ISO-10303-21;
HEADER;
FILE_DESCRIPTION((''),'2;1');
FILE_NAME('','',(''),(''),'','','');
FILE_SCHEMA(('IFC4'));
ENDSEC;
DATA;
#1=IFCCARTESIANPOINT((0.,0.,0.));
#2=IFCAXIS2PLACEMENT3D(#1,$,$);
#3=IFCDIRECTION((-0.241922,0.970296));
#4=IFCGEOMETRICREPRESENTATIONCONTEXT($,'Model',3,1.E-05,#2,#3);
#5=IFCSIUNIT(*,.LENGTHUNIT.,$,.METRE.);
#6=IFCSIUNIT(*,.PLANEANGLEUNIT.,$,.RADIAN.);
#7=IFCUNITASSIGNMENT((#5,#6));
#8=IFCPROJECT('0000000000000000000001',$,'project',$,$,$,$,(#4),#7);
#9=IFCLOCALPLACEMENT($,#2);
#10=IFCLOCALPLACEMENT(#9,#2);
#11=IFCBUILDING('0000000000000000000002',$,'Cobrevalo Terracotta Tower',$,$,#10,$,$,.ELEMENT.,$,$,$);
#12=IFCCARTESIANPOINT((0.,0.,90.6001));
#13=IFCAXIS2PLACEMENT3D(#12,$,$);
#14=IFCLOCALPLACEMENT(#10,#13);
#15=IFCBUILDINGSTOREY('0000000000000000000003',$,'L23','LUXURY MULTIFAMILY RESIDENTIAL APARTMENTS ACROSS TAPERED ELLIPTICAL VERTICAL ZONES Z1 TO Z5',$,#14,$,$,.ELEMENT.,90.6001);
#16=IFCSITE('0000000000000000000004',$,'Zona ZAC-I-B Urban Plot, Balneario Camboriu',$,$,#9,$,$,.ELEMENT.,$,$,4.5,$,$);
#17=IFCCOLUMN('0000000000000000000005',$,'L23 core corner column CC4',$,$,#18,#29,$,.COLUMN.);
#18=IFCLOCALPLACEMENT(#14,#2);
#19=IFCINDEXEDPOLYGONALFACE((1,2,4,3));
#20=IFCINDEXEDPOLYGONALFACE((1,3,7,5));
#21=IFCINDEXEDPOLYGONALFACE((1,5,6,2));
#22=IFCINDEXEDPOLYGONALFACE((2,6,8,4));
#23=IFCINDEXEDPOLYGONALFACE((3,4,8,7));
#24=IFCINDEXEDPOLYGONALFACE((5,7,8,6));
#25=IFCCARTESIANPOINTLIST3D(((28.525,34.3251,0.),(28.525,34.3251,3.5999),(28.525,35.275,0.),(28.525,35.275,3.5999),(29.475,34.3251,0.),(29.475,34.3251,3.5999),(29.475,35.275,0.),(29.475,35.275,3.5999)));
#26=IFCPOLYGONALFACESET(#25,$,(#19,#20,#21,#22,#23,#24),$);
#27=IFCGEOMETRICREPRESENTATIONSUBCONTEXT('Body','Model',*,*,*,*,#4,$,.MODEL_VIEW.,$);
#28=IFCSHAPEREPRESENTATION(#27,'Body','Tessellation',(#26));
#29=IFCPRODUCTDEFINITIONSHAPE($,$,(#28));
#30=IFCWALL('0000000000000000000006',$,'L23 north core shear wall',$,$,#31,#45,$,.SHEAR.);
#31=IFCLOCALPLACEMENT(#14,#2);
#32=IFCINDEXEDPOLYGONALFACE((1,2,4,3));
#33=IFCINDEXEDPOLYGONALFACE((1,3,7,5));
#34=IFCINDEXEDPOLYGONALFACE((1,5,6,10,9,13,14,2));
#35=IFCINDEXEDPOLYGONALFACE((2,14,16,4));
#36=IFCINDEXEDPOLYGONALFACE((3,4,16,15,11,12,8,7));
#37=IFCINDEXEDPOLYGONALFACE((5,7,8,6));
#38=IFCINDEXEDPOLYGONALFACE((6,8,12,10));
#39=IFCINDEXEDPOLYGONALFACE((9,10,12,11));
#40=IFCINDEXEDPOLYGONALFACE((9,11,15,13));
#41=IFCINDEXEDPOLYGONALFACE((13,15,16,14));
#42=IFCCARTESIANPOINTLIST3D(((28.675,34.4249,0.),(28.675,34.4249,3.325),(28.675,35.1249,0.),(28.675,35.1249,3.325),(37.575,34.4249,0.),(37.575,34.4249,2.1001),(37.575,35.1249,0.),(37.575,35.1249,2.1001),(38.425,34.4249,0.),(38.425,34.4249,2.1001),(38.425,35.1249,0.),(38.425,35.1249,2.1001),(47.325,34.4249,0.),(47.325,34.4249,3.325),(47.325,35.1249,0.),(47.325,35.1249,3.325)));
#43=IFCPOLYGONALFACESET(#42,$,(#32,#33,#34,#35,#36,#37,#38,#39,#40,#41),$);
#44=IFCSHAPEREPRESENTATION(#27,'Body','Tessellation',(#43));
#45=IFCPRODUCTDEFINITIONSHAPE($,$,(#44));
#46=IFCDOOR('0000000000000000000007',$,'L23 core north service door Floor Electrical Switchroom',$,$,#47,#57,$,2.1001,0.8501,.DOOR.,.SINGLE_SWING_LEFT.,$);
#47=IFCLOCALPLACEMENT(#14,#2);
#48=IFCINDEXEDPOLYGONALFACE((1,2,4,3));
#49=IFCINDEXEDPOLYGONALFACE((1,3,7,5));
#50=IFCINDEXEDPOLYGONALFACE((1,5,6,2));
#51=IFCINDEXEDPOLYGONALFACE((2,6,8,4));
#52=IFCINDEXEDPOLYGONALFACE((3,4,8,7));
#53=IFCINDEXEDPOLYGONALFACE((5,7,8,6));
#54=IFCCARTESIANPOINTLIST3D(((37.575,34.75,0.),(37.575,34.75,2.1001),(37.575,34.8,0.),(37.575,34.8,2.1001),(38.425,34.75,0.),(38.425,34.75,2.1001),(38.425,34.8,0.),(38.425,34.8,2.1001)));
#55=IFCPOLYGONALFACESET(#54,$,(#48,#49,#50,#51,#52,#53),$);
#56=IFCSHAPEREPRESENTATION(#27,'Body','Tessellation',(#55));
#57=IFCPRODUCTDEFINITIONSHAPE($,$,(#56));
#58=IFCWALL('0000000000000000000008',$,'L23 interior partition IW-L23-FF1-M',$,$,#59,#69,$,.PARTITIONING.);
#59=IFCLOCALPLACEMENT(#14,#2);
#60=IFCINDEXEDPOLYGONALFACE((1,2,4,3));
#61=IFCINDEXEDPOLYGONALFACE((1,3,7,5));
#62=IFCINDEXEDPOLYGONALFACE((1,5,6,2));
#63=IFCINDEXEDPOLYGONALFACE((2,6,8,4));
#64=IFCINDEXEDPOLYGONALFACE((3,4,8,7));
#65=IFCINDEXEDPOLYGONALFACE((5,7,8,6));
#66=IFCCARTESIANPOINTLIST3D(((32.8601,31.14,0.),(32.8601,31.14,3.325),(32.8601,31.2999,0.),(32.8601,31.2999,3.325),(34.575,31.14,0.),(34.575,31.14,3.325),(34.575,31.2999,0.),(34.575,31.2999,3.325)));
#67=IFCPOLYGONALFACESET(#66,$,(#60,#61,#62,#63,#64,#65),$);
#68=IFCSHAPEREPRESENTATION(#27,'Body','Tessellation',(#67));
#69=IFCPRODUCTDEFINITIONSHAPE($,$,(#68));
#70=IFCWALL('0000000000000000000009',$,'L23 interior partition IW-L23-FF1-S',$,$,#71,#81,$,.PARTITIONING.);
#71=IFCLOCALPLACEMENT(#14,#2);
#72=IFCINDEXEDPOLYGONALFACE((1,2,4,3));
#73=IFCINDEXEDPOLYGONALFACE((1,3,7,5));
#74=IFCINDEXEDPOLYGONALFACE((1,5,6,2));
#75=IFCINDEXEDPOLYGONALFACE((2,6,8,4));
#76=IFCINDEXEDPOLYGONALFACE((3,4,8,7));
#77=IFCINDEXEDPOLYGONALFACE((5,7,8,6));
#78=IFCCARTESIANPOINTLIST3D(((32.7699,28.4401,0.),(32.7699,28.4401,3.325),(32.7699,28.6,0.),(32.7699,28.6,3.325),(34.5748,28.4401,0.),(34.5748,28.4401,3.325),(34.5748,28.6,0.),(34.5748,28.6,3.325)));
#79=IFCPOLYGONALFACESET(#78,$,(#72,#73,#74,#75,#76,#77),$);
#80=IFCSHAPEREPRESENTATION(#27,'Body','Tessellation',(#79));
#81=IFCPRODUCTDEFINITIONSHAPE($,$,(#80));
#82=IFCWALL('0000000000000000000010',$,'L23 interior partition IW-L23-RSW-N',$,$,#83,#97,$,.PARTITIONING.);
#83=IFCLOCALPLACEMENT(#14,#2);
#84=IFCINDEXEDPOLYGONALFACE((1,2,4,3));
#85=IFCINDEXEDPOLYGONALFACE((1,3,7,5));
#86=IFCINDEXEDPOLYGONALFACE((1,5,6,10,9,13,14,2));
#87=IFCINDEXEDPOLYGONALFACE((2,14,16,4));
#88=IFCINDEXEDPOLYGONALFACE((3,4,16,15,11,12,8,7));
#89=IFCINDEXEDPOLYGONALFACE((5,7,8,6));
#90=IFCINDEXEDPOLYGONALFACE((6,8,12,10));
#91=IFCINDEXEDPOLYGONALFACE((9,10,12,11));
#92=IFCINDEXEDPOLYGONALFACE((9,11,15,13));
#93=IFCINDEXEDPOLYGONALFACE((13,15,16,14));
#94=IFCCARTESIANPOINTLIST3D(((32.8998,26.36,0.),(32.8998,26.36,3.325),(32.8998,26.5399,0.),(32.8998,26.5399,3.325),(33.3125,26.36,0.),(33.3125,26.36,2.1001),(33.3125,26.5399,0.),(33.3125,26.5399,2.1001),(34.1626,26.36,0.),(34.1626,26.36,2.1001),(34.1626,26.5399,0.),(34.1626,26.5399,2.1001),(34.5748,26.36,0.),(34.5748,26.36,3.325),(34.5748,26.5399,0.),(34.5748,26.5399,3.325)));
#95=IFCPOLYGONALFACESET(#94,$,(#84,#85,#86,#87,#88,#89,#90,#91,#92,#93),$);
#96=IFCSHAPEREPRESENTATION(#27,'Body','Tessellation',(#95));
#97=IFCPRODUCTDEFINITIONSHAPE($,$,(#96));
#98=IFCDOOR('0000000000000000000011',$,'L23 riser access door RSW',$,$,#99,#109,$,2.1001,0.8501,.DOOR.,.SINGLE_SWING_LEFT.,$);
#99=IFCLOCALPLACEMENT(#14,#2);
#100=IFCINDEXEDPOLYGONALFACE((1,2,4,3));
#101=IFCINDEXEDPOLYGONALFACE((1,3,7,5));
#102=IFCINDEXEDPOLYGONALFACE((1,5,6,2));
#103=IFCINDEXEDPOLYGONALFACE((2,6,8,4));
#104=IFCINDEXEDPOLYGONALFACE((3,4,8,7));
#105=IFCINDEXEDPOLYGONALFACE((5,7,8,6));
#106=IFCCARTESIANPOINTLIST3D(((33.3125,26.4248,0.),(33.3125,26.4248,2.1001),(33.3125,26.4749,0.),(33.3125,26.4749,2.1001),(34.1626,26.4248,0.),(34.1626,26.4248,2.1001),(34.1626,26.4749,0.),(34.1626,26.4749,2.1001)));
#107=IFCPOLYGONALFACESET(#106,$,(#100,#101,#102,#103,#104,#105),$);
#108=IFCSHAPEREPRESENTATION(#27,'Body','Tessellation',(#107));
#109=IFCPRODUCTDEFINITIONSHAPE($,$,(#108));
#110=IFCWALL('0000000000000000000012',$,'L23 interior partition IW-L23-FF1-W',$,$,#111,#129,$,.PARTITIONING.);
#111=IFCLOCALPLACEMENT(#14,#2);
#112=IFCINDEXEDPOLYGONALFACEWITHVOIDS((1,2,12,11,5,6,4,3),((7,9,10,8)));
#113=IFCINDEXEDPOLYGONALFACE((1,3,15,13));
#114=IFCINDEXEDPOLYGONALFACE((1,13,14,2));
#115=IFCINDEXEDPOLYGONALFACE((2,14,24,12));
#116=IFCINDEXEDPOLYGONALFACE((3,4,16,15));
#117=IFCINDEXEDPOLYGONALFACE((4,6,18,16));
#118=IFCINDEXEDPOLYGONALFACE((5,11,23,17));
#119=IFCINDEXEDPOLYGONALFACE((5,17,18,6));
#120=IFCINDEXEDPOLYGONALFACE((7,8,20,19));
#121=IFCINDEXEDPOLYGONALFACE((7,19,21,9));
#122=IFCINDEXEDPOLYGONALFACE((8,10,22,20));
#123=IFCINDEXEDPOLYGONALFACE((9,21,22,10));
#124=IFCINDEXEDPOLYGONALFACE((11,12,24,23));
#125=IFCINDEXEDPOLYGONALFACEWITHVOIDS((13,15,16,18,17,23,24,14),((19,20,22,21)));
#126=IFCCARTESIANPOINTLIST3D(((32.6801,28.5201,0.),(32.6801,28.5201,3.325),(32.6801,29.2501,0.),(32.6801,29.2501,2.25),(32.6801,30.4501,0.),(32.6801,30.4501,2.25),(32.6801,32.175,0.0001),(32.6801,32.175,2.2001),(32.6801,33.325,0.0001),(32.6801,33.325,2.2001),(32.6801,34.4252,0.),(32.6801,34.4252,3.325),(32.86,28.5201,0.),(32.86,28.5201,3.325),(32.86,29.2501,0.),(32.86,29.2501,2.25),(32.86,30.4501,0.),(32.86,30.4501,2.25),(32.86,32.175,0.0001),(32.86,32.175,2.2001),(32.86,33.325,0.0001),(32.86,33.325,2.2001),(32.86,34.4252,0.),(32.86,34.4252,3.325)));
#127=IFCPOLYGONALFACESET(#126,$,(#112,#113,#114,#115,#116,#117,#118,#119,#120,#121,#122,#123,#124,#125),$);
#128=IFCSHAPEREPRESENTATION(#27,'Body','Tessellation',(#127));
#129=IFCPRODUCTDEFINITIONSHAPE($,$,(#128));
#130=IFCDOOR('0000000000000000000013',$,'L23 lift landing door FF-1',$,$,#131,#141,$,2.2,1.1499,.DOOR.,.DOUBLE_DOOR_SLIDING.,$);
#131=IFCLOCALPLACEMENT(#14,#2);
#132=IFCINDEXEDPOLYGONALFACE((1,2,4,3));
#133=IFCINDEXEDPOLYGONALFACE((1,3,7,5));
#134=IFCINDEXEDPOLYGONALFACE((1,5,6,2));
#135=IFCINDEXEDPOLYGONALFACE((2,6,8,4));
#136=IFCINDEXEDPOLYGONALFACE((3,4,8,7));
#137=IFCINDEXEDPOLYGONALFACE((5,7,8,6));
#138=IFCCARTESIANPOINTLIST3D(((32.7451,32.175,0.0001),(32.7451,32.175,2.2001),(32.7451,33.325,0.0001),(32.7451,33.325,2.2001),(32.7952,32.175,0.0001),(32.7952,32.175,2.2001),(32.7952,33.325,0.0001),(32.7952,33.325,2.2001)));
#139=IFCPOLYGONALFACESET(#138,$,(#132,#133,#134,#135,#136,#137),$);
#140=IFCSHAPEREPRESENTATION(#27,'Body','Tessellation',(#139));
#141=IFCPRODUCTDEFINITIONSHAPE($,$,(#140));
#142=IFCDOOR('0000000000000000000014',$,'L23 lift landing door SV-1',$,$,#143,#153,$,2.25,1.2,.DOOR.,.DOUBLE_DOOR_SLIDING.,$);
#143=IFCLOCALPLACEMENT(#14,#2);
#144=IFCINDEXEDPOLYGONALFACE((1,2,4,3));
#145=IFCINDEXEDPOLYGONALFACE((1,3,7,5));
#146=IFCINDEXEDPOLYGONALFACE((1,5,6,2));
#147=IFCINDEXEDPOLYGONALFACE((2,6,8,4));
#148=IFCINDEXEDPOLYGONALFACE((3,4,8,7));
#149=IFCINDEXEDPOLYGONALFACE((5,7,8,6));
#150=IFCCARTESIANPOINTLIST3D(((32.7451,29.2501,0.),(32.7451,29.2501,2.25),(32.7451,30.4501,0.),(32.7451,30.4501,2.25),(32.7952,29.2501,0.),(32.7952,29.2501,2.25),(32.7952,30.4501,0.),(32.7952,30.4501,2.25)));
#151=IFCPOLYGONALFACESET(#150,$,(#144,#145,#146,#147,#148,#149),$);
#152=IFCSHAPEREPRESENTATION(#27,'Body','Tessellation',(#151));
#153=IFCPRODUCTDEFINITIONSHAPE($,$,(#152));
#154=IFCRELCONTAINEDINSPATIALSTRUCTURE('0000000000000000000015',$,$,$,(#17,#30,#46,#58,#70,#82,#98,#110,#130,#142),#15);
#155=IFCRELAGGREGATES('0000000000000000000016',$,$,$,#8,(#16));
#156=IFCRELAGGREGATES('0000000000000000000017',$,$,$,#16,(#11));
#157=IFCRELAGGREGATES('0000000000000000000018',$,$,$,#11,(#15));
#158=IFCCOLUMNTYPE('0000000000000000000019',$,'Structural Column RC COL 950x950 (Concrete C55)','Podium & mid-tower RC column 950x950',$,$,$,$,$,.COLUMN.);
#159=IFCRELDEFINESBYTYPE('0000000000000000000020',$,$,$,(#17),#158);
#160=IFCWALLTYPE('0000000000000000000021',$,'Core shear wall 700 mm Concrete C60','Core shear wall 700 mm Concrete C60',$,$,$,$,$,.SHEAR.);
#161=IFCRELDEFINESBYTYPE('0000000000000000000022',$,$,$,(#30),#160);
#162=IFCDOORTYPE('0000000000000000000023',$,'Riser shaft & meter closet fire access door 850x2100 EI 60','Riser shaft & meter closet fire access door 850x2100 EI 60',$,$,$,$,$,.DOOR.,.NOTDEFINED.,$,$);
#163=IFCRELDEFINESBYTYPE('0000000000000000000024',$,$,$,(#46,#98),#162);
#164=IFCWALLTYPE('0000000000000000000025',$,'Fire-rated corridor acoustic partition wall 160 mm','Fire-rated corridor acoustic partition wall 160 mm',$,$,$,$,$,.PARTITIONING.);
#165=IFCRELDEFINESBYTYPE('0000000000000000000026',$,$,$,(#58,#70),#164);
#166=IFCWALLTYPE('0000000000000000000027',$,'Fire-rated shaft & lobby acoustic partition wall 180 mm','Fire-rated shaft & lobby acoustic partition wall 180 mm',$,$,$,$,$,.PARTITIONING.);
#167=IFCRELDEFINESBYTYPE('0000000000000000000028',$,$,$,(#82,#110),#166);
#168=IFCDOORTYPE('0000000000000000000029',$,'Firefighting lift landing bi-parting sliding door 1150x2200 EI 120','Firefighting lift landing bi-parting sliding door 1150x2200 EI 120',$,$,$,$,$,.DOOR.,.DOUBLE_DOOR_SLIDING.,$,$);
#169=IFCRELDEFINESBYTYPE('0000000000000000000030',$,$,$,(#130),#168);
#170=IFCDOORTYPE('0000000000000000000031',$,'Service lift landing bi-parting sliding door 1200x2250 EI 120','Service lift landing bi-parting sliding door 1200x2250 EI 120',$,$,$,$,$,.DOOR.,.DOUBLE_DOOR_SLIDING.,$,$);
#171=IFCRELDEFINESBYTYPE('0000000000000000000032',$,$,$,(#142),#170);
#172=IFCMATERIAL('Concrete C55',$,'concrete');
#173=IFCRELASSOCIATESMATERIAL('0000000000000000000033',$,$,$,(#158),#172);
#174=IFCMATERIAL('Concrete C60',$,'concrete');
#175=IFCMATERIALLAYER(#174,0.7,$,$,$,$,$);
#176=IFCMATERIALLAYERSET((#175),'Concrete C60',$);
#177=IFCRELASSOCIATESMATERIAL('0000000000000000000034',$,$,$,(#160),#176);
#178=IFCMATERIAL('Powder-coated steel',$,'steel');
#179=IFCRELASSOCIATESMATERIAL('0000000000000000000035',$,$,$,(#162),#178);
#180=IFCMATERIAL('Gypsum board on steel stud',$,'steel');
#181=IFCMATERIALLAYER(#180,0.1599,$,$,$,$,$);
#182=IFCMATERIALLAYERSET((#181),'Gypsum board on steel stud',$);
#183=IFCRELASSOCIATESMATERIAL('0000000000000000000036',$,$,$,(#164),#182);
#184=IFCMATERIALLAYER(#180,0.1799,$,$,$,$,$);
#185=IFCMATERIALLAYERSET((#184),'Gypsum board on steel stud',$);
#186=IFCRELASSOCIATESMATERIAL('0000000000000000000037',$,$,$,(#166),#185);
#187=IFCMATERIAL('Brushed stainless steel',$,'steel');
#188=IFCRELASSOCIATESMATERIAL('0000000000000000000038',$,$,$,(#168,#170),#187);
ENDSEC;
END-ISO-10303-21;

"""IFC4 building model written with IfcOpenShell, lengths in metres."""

from ifc_helpers import new_model, si_unit, direction, frame, frame_2d, origin, origin_2d, place, context, subcontext, project, spatial, rectangle, extrude, source, transform, mapped, material, layer, layer_set, material_profile, profile_set, type_object, element, fill, save


model = new_model("IFC4")

# Units and contexts
model_context = context("Model", 3, precision=1e-05, world=origin(), true_north=direction((-0.241922, 0.970296)))
body_context = subcontext(model_context, "Body", "Model", "MODEL_VIEW")
ifc_project = project(units=[si_unit("LENGTHUNIT", "METRE"), si_unit("PLANEANGLEUNIT", "RADIAN")], contexts=[model_context])

# Site, building, storey
site_placement = place(None, origin())
site = spatial("IfcSite", under=ifc_project, at=site_placement, Name="Zona ZAC-I-B Urban Plot, Balneario Camboriu", CompositionType="ELEMENT", RefElevation=4.5)
building_placement = place(site_placement, origin())
building = spatial("IfcBuilding", under=site, at=building_placement, Name="Cobrevalo Terracotta Tower", CompositionType="ELEMENT")
storey_placement = place(building_placement, frame((0.0, 0.0, 90.6001)))
storey = spatial("IfcBuildingStorey", under=building, at=storey_placement, Name="L23", Description="LUXURY MULTIFAMILY RESIDENTIAL APARTMENTS ACROSS TAPERED ELLIPTICAL VERTICAL ZONES Z1 TO Z5", CompositionType="ELEMENT", Elevation=90.6001)

# Column
ifc_material_1 = material(Name="Concrete C55", Category="concrete")
ifc_material_profile = material_profile(ifc_material_1, rectangle(XDim=0.95, YDim=0.95, at=origin_2d()), Name="RC COL 950x950")
ifc_profile_set = profile_set([ifc_material_profile], Name="Concrete C55")
column_type = type_object("IfcColumnType", Name="Structural Column RC COL 950x950 (Concrete C55)", Description="Podium & mid-tower RC column 950x950", PredefinedType="COLUMN", material=ifc_profile_set)
column_placement = place(storey_placement, frame((29.0, 34.8, 0.0), z_axis=(0.0, 0.0, 1.0), x_axis=(1.0, 0.0, 0.0)))
element("IfcColumn", 1, at=column_placement, inside=storey, type_object=column_type, Name="L23 core corner column CC4", PredefinedType="COLUMN", context=body_context, shape_type="SweptSolid", body=[
    extrude(rectangle(XDim=0.95, YDim=0.95, at=origin_2d()), origin(), (0.0, 0.0, 1.0), 3.5999),
])

# Wall, opening, door
ifc_material_2 = material(Name="Concrete C60", Category="concrete")
ifc_layer_1 = layer(ifc_material_2, 0.7)
ifc_layer_set_1 = layer_set([ifc_layer_1], Name="Concrete C60")
wall_type_1 = type_object("IfcWallType", Name="Core shear wall 700 mm Concrete C60", Description="Core shear wall 700 mm Concrete C60", PredefinedType="SHEAR", material=ifc_layer_set_1)
wall_1_placement = place(storey_placement, frame((28.675, 34.7749, 0.0), z_axis=(0.0, 0.0, 1.0), x_axis=(1.0, 0.0, 0.0)))
wall_1 = element("IfcWall", 2, at=wall_1_placement, inside=storey, type_object=wall_type_1, Name="L23 north core shear wall", PredefinedType="SHEAR", context=body_context, shape_type="SweptSolid", body=[
    extrude(rectangle(XDim=18.6499, YDim=0.7, at=frame_2d((9.325, 0.0))), origin(), (0.0, 0.0, 1.0), 3.325),
])
opening_1_placement = place(wall_1_placement, frame((8.8999, 0.0, 0.0)))
opening_1 = element("IfcOpeningElement", 3, at=opening_1_placement, cuts=wall_1, PredefinedType="OPENING", context=body_context, shape_type="SweptSolid", body=[
    extrude(rectangle(XDim=0.8501, YDim=2.1001, at=frame_2d((0.425, 1.05))), frame((0.0, 0.3599, 0.0), z_axis=(0.0, -1.0, 0.0), x_axis=(1.0, 0.0, 0.0)), (0.0, 0.0, 1.0), 0.72),
])
ifc_material_3 = material(Name="Powder-coated steel", Category="steel")
door_type_1 = type_object("IfcDoorType", Name="Riser shaft & meter closet fire access door 850x2100 EI 60", Description="Riser shaft & meter closet fire access door 850x2100 EI 60", OperationType="NOTDEFINED", PredefinedType="DOOR", material=ifc_material_3)
shared_shape_1 = source(origin(), body_context, "Body", "SweptSolid", [
    extrude(rectangle(XDim=0.8501, YDim=2.1001, at=frame_2d((0.425, 1.05))), frame((0.0, 0.0249, 0.0), z_axis=(0.0, -1.0, 0.0), x_axis=(1.0, 0.0, 0.0)), (0.0, 0.0, 1.0), 0.05),
])
door_1_placement = place(opening_1_placement, frame((0.8501, 0.0, 0.0), z_axis=(0.0, 0.0, 1.0), x_axis=(-1.0, 0.0, 0.0)))
door_1 = element("IfcDoor", 4, at=door_1_placement, inside=storey, type_object=door_type_1, Name="L23 core north service door Floor Electrical Switchroom", OperationType="SINGLE_SWING_LEFT", OverallHeight=2.1001, OverallWidth=0.8501, PredefinedType="DOOR", context=body_context, shape_type="MappedRepresentation", body=[
    mapped(shared_shape_1, transform((0.0, 0.0, 0.0), scale=1.0)),
])
fill(opening_1, door_1)

# Walls
ifc_material_4 = material(Name="Gypsum board on steel stud", Category="steel")
ifc_layer_2 = layer(ifc_material_4, 0.1599)
ifc_layer_set_2 = layer_set([ifc_layer_2], Name="Gypsum board on steel stud")
wall_type_2 = type_object("IfcWallType", Name="Fire-rated corridor acoustic partition wall 160 mm", Description="Fire-rated corridor acoustic partition wall 160 mm", PredefinedType="PARTITIONING", material=ifc_layer_set_2)
wall_2_placement = place(storey_placement, frame((32.8601, 31.22, 0.0), z_axis=(0.0, 0.0, 1.0), x_axis=(1.0, 0.0, 0.0)))
element("IfcWall", 5, at=wall_2_placement, inside=storey, type_object=wall_type_2, Name="L23 interior partition IW-L23-FF1-M", PredefinedType="PARTITIONING", context=body_context, shape_type="SweptSolid", body=[
    extrude(rectangle(XDim=1.7148, YDim=0.1599, at=frame_2d((0.8574, 0.0))), origin(), (0.0, 0.0, 1.0), 3.325),
])
wall_3_placement = place(storey_placement, frame((32.77, 28.52, 0.0), z_axis=(0.0, 0.0, 1.0), x_axis=(1.0, 0.0, 0.0)))
element("IfcWall", 6, at=wall_3_placement, inside=storey, type_object=wall_type_2, Name="L23 interior partition IW-L23-FF1-S", PredefinedType="PARTITIONING", context=body_context, shape_type="SweptSolid", body=[
    extrude(rectangle(XDim=1.8049, YDim=0.1599, at=frame_2d((0.9023, 0.0))), origin(), (0.0, 0.0, 1.0), 3.325),
])

# Wall, opening, door
ifc_layer_3 = layer(ifc_material_4, 0.1799)
ifc_layer_set_3 = layer_set([ifc_layer_3], Name="Gypsum board on steel stud")
wall_type_3 = type_object("IfcWallType", Name="Fire-rated shaft & lobby acoustic partition wall 180 mm", Description="Fire-rated shaft & lobby acoustic partition wall 180 mm", PredefinedType="PARTITIONING", material=ifc_layer_set_3)
wall_4_placement = place(storey_placement, frame((32.8999, 26.45, 0.0), z_axis=(0.0, 0.0, 1.0), x_axis=(1.0, 0.0, 0.0)))
wall_4 = element("IfcWall", 7, at=wall_4_placement, inside=storey, type_object=wall_type_3, Name="L23 interior partition IW-L23-RSW-N", PredefinedType="PARTITIONING", context=body_context, shape_type="SweptSolid", body=[
    extrude(rectangle(XDim=1.675, YDim=0.1799, at=frame_2d((0.8374, 0.0))), origin(), (0.0, 0.0, 1.0), 3.325),
])
opening_2_placement = place(wall_4_placement, frame((0.4126, 0.0, 0.0)))
opening_2 = element("IfcOpeningElement", 8, at=opening_2_placement, cuts=wall_4, PredefinedType="OPENING", context=body_context, shape_type="SweptSolid", body=[
    extrude(rectangle(XDim=0.8501, YDim=2.1001, at=frame_2d((0.425, 1.05))), frame((0.0, 0.1001, 0.0), z_axis=(0.0, -1.0, 0.0), x_axis=(1.0, 0.0, 0.0)), (0.0, 0.0, 1.0), 0.2),
])
door_2_placement = place(opening_2_placement, origin())
door_2 = element("IfcDoor", 9, at=door_2_placement, inside=storey, type_object=door_type_1, Name="L23 riser access door RSW", OperationType="SINGLE_SWING_LEFT", OverallHeight=2.1001, OverallWidth=0.8501, PredefinedType="DOOR", context=body_context, shape_type="MappedRepresentation", body=[
    mapped(shared_shape_1, transform((0.0, 0.0, 0.0), scale=1.0)),
])
fill(opening_2, door_2)

# Wall, openings, doors
wall_5_placement = place(storey_placement, frame((32.77, 28.52, 0.0), z_axis=(0.0, 0.0, 1.0), x_axis=(0.0, 1.0, 0.0)))
wall_5 = element("IfcWall", 10, at=wall_5_placement, inside=storey, type_object=wall_type_3, Name="L23 interior partition IW-L23-FF1-W", PredefinedType="PARTITIONING", context=body_context, shape_type="SweptSolid", body=[
    extrude(rectangle(XDim=5.905, YDim=0.1799, at=frame_2d((2.9526, 0.0))), origin(), (0.0, 0.0, 1.0), 3.325),
])
opening_3_placement = place(wall_5_placement, frame((3.655, 0.0, 0.0)))
opening_3 = element("IfcOpeningElement", 11, at=opening_3_placement, cuts=wall_5, PredefinedType="OPENING", context=body_context, shape_type="SweptSolid", body=[
    extrude(rectangle(XDim=1.1499, YDim=2.2, at=frame_2d((0.575, 1.1001))), frame((0.0, 0.1001, 0.0), z_axis=(0.0, -1.0, 0.0), x_axis=(1.0, 0.0, 0.0)), (0.0, 0.0, 1.0), 0.2),
])
opening_4_placement = place(wall_5_placement, frame((0.73, 0.0, 0.0)))
opening_4 = element("IfcOpeningElement", 12, at=opening_4_placement, cuts=wall_5, PredefinedType="OPENING", context=body_context, shape_type="SweptSolid", body=[
    extrude(rectangle(XDim=1.2, YDim=2.25, at=frame_2d((0.6001, 1.125))), frame((0.0, 0.1001, 0.0), z_axis=(0.0, -1.0, 0.0), x_axis=(1.0, 0.0, 0.0)), (0.0, 0.0, 1.0), 0.2),
])
ifc_material_5 = material(Name="Brushed stainless steel", Category="steel")
door_type_2 = type_object("IfcDoorType", Name="Firefighting lift landing bi-parting sliding door 1150x2200 EI 120", Description="Firefighting lift landing bi-parting sliding door 1150x2200 EI 120", OperationType="DOUBLE_DOOR_SLIDING", PredefinedType="DOOR", material=ifc_material_5)
shared_shape_2 = source(origin(), body_context, "Body", "SweptSolid", [
    extrude(rectangle(XDim=1.1499, YDim=2.2, at=frame_2d((0.575, 1.1001))), frame((0.0, 0.0249, 0.0), z_axis=(0.0, -1.0, 0.0), x_axis=(1.0, 0.0, 0.0)), (0.0, 0.0, 1.0), 0.05),
])
door_3_placement = place(opening_3_placement, origin())
door_3 = element("IfcDoor", 13, at=door_3_placement, inside=storey, type_object=door_type_2, Name="L23 lift landing door FF-1", OperationType="DOUBLE_DOOR_SLIDING", OverallHeight=2.2, OverallWidth=1.1499, PredefinedType="DOOR", context=body_context, shape_type="MappedRepresentation", body=[
    mapped(shared_shape_2, transform((0.0, 0.0, 0.0), scale=1.0)),
])
fill(opening_3, door_3)
door_type_3 = type_object("IfcDoorType", Name="Service lift landing bi-parting sliding door 1200x2250 EI 120", Description="Service lift landing bi-parting sliding door 1200x2250 EI 120", OperationType="DOUBLE_DOOR_SLIDING", PredefinedType="DOOR", material=ifc_material_5)
shared_shape_3 = source(origin(), body_context, "Body", "SweptSolid", [
    extrude(rectangle(XDim=1.2, YDim=2.25, at=frame_2d((0.6001, 1.125))), frame((0.0, 0.0249, 0.0), z_axis=(0.0, -1.0, 0.0), x_axis=(1.0, 0.0, 0.0)), (0.0, 0.0, 1.0), 0.05),
])
door_4_placement = place(opening_4_placement, origin())
door_4 = element("IfcDoor", 14, at=door_4_placement, inside=storey, type_object=door_type_3, Name="L23 lift landing door SV-1", OperationType="DOUBLE_DOOR_SLIDING", OverallHeight=2.25, OverallWidth=1.2, PredefinedType="DOOR", context=body_context, shape_type="MappedRepresentation", body=[
    mapped(shared_shape_3, transform((0.0, 0.0, 0.0), scale=1.0)),
])
fill(opening_4, door_4)

save(model, "model.ifc")
